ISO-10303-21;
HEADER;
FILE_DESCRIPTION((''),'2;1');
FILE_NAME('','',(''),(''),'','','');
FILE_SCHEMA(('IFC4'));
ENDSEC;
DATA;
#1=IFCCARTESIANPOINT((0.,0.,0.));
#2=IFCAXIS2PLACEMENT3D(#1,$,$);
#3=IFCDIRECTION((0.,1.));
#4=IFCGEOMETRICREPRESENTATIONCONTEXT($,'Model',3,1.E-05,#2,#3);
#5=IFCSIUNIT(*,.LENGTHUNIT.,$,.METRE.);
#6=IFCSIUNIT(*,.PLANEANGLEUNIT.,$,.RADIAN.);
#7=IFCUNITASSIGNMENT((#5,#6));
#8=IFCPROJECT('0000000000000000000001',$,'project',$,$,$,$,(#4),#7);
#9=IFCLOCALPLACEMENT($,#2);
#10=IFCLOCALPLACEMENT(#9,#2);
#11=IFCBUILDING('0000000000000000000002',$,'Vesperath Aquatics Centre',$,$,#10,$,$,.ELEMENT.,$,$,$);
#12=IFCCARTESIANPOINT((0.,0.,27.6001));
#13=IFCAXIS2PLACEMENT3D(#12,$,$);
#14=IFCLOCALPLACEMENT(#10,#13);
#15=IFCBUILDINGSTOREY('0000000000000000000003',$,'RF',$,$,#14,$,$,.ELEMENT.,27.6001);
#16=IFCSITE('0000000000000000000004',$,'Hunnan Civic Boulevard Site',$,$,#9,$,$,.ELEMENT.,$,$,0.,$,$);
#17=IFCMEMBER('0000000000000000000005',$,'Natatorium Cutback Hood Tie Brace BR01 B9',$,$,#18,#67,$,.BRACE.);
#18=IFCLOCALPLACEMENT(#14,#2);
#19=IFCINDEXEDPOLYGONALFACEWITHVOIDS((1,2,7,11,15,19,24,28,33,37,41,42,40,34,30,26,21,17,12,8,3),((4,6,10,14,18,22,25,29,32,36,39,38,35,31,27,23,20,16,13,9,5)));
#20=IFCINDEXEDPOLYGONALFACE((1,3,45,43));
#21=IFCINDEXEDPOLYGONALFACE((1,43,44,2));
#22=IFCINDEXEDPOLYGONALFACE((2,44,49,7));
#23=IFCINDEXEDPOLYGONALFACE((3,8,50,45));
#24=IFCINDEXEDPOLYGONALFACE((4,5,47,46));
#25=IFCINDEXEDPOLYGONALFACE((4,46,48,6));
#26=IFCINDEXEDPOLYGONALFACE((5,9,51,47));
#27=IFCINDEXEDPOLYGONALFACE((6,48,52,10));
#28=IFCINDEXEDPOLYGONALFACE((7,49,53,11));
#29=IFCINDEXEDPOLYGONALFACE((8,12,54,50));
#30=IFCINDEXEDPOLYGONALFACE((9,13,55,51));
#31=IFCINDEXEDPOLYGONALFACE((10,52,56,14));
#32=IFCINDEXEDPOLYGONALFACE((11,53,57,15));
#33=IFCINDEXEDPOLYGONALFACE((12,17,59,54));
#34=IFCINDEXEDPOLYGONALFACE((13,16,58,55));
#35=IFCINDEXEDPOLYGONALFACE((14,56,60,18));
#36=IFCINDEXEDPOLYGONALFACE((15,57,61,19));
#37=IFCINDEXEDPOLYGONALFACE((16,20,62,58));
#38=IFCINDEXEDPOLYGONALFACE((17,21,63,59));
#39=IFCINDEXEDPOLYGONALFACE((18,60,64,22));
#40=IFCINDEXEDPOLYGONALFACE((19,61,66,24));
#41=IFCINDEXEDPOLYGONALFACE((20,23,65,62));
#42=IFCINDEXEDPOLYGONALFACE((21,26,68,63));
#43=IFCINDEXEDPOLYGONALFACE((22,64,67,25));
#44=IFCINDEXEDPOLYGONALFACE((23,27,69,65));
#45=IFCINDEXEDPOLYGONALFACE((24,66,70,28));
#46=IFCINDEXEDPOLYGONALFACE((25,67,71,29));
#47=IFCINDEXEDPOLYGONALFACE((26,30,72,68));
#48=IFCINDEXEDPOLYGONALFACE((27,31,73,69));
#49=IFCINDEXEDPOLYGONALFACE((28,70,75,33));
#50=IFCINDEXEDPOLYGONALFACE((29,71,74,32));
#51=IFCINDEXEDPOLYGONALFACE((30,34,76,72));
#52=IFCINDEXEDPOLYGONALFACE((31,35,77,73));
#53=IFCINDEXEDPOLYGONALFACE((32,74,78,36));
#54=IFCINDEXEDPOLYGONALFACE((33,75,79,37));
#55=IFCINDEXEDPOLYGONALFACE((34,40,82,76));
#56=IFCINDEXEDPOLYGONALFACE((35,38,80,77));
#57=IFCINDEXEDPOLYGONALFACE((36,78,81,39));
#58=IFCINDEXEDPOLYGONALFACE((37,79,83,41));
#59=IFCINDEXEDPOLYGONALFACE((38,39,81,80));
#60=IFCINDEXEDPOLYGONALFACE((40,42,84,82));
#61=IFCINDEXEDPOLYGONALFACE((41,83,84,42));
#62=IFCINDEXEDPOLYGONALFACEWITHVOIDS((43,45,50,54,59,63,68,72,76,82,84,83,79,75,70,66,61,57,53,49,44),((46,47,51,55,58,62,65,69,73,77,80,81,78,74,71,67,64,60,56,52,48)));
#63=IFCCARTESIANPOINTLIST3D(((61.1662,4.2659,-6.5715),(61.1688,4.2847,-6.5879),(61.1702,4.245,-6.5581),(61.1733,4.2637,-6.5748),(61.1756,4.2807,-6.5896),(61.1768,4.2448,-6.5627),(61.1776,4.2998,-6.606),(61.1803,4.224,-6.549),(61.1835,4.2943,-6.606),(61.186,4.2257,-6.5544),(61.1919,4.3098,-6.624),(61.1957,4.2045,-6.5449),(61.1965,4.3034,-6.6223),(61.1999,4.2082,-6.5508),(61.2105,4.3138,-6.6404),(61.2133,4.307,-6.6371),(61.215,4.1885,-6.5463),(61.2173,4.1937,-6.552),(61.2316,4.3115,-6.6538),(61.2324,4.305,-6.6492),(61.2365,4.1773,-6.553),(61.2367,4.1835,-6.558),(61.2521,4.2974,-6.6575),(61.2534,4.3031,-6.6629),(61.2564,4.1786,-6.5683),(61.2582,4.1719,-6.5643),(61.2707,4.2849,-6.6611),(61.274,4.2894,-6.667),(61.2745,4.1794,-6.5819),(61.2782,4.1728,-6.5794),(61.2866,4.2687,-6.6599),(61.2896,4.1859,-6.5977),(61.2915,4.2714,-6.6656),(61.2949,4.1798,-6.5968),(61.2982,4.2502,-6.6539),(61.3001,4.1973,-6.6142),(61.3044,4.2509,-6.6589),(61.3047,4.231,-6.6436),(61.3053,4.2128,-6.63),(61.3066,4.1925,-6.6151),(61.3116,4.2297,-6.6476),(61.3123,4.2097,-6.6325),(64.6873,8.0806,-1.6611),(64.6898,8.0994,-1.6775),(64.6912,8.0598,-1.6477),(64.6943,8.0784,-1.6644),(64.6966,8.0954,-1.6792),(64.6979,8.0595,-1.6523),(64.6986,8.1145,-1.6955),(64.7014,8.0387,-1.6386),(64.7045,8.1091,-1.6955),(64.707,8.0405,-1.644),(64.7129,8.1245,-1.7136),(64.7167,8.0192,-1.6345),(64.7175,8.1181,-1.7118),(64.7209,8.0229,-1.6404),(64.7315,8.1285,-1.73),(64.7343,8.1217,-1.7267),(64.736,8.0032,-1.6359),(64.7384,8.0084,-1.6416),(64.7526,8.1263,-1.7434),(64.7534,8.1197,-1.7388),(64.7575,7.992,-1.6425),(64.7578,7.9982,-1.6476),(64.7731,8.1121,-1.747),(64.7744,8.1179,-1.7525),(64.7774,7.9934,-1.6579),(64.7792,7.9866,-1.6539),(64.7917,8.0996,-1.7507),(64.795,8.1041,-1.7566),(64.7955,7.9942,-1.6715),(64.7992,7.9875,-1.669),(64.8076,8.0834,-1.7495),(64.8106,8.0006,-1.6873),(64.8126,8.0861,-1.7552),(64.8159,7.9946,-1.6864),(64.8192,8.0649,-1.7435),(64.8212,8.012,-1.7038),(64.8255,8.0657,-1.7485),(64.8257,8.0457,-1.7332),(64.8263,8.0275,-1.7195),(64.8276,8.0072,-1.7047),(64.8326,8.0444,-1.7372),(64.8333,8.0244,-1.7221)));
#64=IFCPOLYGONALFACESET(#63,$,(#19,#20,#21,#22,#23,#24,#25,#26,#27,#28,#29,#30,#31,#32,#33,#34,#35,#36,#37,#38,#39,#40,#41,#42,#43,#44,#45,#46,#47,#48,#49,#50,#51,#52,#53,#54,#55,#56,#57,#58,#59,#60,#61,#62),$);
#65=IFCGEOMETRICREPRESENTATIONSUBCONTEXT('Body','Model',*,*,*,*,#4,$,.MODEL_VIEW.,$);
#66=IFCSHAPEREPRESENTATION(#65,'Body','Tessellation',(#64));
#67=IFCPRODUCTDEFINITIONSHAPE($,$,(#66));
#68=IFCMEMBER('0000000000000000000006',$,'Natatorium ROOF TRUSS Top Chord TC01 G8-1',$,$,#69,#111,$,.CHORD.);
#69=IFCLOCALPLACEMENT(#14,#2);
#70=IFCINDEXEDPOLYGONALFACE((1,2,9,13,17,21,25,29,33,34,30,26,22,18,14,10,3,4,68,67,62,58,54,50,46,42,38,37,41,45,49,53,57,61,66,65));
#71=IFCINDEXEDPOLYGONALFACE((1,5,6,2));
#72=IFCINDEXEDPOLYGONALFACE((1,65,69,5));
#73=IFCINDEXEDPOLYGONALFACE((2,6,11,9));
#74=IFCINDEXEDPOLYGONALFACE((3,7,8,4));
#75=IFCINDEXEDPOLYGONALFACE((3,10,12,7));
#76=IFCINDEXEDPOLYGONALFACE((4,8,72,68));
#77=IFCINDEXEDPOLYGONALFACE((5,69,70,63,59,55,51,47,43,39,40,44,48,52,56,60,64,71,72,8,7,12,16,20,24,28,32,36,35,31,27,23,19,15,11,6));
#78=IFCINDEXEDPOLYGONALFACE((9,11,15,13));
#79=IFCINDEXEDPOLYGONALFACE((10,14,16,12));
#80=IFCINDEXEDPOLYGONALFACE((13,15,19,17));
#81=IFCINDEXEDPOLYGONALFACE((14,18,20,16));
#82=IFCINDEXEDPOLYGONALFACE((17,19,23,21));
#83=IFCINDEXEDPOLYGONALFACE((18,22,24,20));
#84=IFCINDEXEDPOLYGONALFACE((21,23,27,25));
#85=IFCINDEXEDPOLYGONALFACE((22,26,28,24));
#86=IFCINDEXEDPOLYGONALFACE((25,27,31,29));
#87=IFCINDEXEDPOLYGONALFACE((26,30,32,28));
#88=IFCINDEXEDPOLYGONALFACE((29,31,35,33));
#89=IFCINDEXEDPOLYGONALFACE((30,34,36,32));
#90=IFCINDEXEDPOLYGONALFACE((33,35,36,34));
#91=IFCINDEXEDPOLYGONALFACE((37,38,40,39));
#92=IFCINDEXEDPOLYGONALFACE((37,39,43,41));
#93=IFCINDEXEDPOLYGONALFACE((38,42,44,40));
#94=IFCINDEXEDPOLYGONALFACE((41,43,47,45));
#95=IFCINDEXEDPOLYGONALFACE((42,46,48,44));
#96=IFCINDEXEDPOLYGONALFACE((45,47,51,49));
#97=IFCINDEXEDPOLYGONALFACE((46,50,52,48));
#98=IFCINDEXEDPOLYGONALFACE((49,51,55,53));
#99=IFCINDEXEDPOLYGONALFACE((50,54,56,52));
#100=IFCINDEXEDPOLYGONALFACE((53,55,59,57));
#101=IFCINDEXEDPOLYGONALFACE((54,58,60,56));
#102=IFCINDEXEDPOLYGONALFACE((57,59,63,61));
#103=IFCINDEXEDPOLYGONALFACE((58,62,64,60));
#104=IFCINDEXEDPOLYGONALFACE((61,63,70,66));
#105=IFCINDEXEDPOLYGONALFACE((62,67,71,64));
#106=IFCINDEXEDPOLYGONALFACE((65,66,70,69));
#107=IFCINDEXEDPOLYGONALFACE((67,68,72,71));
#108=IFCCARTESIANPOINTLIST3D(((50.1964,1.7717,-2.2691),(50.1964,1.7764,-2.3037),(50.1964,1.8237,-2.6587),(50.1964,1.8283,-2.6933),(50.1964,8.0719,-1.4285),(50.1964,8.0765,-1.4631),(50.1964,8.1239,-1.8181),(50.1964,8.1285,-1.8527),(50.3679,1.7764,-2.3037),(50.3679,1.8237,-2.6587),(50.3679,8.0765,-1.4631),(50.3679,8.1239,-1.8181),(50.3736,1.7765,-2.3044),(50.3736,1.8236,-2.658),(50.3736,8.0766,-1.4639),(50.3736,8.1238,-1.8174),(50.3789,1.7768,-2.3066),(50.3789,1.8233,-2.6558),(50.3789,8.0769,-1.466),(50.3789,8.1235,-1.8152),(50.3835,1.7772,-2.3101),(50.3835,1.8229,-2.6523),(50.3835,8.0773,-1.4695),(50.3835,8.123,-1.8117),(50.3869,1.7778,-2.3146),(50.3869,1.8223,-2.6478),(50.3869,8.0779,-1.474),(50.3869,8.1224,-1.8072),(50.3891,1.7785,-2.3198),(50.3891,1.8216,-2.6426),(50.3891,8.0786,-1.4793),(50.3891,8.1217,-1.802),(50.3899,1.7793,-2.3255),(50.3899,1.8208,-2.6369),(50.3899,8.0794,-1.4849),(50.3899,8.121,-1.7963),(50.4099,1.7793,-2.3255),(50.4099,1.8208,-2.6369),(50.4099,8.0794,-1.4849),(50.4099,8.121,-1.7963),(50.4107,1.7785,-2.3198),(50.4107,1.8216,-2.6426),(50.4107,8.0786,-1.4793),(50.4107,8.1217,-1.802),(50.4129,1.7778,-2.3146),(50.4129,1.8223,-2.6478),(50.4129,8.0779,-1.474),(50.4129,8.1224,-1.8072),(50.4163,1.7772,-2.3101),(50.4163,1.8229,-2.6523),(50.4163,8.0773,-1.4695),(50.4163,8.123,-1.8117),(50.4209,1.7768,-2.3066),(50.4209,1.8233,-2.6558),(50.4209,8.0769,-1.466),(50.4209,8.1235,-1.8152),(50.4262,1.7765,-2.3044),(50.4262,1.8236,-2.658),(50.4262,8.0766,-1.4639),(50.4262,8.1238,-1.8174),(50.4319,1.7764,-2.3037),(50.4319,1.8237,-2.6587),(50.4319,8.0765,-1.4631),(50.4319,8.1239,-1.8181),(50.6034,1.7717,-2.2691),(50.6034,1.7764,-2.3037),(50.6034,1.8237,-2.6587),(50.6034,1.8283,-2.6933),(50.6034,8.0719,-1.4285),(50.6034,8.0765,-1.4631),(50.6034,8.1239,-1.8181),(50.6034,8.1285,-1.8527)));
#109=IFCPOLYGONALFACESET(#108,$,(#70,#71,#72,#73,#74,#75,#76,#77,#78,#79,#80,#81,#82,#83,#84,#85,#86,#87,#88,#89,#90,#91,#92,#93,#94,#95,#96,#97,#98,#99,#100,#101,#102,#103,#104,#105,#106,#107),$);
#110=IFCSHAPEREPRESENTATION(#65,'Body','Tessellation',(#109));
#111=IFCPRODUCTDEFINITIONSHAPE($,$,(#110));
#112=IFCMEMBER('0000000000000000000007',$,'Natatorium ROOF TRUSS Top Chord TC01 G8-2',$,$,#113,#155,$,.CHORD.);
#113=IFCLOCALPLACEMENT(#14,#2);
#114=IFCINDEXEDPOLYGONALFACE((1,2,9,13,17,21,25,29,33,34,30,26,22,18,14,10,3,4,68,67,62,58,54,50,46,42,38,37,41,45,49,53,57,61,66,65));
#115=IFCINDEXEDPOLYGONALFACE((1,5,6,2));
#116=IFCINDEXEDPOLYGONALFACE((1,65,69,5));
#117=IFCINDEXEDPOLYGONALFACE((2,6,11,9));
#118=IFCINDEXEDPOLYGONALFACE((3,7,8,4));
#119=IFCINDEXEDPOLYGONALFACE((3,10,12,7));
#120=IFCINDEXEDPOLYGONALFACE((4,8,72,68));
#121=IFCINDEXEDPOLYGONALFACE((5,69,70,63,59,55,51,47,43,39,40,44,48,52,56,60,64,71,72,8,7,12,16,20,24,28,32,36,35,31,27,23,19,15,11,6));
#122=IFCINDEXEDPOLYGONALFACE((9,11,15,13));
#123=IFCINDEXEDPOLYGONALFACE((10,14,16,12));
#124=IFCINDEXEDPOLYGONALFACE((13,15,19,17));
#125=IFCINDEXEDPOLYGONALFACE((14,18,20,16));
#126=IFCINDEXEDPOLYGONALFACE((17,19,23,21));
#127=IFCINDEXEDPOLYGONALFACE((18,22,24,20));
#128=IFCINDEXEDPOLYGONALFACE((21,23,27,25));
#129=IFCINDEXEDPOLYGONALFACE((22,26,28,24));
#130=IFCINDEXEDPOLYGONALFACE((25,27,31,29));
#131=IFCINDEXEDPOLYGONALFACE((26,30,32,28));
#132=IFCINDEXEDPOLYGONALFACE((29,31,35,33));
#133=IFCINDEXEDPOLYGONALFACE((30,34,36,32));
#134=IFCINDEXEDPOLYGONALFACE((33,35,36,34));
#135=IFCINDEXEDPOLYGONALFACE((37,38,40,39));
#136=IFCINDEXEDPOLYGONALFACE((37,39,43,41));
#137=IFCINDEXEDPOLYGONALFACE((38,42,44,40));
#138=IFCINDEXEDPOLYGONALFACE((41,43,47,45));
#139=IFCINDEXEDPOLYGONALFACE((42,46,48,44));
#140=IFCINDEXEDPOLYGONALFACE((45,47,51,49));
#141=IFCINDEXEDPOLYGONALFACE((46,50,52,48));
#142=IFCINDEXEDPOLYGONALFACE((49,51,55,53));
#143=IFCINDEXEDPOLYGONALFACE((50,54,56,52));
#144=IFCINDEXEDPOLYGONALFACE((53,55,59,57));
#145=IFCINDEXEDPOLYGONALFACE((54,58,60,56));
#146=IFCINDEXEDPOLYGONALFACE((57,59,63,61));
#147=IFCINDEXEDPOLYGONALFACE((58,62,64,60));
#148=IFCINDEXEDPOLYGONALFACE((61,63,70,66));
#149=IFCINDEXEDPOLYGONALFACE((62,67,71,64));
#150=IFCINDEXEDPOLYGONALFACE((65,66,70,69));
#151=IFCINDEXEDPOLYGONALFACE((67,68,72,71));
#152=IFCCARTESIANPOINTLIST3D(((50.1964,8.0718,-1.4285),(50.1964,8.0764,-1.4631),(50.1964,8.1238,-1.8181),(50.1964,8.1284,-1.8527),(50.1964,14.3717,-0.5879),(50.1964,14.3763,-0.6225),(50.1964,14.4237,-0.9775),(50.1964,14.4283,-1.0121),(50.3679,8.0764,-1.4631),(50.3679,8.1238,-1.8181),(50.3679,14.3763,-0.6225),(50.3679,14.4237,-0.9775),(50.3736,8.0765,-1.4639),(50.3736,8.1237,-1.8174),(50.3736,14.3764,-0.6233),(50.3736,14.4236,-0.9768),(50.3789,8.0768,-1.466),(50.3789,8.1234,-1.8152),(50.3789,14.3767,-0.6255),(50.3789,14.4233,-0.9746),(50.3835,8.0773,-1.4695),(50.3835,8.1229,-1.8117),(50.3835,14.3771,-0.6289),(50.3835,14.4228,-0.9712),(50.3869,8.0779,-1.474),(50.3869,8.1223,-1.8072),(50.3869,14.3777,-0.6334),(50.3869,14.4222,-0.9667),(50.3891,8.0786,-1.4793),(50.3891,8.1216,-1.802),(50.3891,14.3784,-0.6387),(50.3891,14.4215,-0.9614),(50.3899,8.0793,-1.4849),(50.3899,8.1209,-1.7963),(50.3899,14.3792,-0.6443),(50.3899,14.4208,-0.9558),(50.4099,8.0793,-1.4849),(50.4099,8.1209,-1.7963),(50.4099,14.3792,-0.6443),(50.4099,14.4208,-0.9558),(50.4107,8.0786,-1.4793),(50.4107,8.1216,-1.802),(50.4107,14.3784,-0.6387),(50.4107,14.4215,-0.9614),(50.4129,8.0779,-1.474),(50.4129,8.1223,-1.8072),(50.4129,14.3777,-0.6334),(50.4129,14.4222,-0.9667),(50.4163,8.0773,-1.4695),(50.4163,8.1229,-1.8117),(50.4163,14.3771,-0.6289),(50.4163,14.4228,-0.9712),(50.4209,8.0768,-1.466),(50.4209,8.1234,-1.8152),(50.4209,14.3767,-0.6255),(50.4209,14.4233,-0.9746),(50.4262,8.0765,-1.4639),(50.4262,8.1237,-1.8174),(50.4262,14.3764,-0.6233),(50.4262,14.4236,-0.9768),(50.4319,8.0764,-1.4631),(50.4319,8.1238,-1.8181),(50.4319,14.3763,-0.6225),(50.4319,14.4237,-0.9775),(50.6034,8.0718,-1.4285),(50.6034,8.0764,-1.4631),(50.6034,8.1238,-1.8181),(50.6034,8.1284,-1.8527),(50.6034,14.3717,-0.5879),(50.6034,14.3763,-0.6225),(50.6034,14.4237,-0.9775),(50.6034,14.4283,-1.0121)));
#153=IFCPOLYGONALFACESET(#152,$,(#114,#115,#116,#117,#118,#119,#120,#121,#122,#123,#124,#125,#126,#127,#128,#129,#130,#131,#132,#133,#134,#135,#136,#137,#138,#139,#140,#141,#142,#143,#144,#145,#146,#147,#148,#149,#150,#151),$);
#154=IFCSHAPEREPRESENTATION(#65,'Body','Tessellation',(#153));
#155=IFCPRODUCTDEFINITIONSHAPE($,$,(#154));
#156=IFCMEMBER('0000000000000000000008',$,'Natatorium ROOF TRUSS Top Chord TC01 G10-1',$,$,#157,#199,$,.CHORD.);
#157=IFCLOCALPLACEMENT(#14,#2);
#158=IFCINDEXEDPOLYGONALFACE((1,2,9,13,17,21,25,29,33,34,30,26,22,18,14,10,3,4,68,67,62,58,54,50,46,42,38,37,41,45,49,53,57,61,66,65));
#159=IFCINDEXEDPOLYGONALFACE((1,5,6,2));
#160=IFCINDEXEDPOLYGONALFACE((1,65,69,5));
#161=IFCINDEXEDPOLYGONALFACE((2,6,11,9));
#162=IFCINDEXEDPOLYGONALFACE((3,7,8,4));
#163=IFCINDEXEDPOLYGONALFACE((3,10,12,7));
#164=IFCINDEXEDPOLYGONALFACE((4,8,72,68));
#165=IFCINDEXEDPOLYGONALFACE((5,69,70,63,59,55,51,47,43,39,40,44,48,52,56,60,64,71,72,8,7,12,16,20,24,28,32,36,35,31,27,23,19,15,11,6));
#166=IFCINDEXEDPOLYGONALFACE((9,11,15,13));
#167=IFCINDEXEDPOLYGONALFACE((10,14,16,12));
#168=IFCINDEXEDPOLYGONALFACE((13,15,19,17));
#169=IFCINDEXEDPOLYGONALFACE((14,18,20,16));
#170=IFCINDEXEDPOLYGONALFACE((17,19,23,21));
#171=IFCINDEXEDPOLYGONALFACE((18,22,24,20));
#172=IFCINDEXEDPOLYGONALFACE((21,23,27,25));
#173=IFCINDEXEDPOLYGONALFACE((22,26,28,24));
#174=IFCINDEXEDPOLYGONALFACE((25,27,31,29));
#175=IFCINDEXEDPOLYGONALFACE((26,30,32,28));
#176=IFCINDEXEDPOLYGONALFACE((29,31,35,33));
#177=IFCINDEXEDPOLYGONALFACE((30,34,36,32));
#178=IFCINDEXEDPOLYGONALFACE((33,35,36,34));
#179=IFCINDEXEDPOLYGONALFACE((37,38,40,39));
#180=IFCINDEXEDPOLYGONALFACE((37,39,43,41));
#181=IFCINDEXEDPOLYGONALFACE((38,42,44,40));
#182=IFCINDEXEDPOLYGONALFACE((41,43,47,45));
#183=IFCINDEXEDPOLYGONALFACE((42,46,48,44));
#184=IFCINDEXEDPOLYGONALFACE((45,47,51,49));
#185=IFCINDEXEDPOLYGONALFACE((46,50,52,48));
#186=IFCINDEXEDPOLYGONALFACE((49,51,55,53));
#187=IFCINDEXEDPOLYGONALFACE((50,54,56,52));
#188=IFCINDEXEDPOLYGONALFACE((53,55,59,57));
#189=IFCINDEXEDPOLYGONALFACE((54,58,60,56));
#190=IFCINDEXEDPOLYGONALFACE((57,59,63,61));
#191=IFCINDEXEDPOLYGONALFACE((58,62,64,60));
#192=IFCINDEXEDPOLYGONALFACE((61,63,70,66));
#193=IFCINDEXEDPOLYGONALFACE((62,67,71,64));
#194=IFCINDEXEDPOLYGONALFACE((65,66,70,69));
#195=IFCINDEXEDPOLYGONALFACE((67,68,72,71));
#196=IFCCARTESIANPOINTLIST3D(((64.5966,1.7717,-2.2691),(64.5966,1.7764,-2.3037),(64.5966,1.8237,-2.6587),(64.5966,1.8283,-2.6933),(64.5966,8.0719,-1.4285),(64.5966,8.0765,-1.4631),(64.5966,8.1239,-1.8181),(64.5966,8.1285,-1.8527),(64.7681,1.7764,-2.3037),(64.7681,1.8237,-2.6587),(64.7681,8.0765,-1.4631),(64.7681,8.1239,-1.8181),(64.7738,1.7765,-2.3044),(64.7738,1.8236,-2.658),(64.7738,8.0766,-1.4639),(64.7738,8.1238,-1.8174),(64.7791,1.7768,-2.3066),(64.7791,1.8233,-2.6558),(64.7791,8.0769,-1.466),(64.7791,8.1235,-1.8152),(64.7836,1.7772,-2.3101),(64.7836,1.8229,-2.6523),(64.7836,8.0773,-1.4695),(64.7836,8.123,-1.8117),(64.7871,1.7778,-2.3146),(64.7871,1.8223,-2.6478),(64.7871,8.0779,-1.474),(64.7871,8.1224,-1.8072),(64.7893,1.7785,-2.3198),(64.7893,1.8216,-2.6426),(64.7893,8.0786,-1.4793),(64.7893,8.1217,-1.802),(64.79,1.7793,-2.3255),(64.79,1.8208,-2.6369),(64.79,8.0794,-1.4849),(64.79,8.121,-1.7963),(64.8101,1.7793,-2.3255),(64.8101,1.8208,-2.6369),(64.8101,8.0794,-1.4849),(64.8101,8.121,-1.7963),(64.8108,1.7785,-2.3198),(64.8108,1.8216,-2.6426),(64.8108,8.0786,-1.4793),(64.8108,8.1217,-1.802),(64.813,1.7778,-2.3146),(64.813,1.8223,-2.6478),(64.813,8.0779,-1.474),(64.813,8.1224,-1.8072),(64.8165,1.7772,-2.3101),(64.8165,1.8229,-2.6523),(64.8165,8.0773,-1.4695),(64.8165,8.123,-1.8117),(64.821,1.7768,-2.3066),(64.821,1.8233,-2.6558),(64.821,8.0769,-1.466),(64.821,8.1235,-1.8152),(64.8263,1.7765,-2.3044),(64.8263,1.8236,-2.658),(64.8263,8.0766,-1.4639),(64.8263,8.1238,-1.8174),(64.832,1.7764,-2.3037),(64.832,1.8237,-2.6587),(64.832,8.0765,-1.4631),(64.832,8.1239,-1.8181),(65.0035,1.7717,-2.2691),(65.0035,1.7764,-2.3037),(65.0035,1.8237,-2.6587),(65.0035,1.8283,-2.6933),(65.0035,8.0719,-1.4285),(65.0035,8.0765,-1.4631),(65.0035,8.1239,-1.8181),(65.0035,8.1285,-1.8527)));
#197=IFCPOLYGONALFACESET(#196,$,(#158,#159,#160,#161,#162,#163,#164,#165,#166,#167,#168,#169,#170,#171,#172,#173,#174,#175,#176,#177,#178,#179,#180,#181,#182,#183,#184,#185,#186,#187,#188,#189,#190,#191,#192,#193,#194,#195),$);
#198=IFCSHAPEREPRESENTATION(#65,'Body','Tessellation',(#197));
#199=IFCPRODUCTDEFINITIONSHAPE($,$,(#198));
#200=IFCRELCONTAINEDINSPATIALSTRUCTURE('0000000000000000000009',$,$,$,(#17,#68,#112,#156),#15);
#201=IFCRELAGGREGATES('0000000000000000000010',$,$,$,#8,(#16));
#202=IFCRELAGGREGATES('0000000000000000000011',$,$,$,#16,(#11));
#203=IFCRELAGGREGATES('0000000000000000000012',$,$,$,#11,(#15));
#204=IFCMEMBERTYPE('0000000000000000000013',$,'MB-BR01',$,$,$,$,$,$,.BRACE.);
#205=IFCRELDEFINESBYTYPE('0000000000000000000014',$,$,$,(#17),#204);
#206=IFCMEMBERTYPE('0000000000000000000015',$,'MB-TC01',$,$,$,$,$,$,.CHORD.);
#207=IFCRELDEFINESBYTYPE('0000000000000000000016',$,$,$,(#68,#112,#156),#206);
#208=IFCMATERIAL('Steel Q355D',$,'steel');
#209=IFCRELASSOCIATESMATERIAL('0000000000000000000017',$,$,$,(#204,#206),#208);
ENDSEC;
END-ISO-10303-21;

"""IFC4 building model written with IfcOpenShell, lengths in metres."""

from ifc_helpers import new_model, si_unit, direction, frame, origin, origin_2d, place, context, subcontext, project, spatial, hollow_circle, i_section, extrude, material, material_profile, profile_set, type_object, element, save


model = new_model("IFC4")

# Units and contexts
model_context = context("Model", 3, precision=1e-05, world=origin(), true_north=direction((0.0, 1.0)))
body_context = subcontext(model_context, "Body", "Model", "MODEL_VIEW")
ifc_project = project(units=[si_unit("LENGTHUNIT", "METRE"), si_unit("PLANEANGLEUNIT", "RADIAN")], contexts=[model_context])

# Site, building, storey
site_placement = place(None, origin())
site = spatial("IfcSite", under=ifc_project, at=site_placement, Name="Hunnan Civic Boulevard Site", CompositionType="ELEMENT", RefElevation=0.0)
building_placement = place(site_placement, origin())
building = spatial("IfcBuilding", under=site, at=building_placement, Name="Vesperath Aquatics Centre", CompositionType="ELEMENT")
storey_placement = place(building_placement, frame((0.0, 0.0, 27.6001)))
storey = spatial("IfcBuildingStorey", under=building, at=storey_placement, Name="RF", CompositionType="ELEMENT", Elevation=27.6001)

# Members
ifc_material_1 = material(Name="Steel Q355D", Category="steel")
ifc_material_profile_1 = material_profile(ifc_material_1, hollow_circle(Radius=0.0842, WallThickness=0.0081, at=origin_2d()), Name="CHS 168.3x8")
ifc_profile_set_1 = profile_set([ifc_material_profile_1], Name="Steel Q355D")
member_type_1 = type_object("IfcMemberType", Name="MB-BR01", PredefinedType="BRACE", material=ifc_profile_set_1)
for number, where, z_axis, x_axis, name in (
    (1, (61.2395, 4.2427, -6.606), (0.492742, 0.533843, 0.68718), (-0.734829, 0.678253, 0.0), "Natatorium Cutback Hood Tie Brace BR01 B9"),
):
    element("IfcMember", number, at=place(storey_placement, frame(where, z_axis=z_axis, x_axis=x_axis)), inside=storey, type_object=member_type_1, Name=name, PredefinedType="BRACE", context=body_context, shape_type="SweptSolid", body=[
        extrude(hollow_circle(Radius=0.0842, WallThickness=0.0081, at=origin_2d()), origin(), (0.0, 0.0, 1.0), 7.1458),
    ])
ifc_material_profile_2 = material_profile(ifc_material_1, i_section(OverallWidth=0.407, OverallDepth=0.428, WebThickness=0.02, FlangeThickness=0.0349, FilletRadius=0.022, at=origin_2d()), Name="HW 428x407x20x35")
ifc_profile_set_2 = profile_set([ifc_material_profile_2], Name="Steel Q355D")
member_type_2 = type_object("IfcMemberType", Name="MB-TC01", PredefinedType="CHORD", material=ifc_profile_set_2)
member_1_placement = place(storey_placement, frame((50.3999, 1.8, -2.4812), z_axis=(0.0, 0.991216, 0.132252), x_axis=(-1.0, 0.0, 0.0)))
element("IfcMember", 2, at=member_1_placement, inside=storey, type_object=member_type_2, Name="Natatorium ROOF TRUSS Top Chord TC01 G8-1", PredefinedType="CHORD", context=body_context, shape_type="SweptSolid", body=[
    extrude(i_section(OverallWidth=0.407, OverallDepth=0.428, WebThickness=0.02, FlangeThickness=0.0349, FilletRadius=0.022, at=origin_2d()), origin(), (0.0, 0.0, 1.0), 6.356),
])
member_2_placement = place(storey_placement, frame((50.3999, 8.1001, -1.6406), z_axis=(0.0, 0.991215, 0.132257), x_axis=(-1.0, 0.0, 0.0)))
element("IfcMember", 3, at=member_2_placement, inside=storey, type_object=member_type_2, Name="Natatorium ROOF TRUSS Top Chord TC01 G8-2", PredefinedType="CHORD", context=body_context, shape_type="SweptSolid", body=[
    extrude(i_section(OverallWidth=0.407, OverallDepth=0.428, WebThickness=0.02, FlangeThickness=0.0349, FilletRadius=0.022, at=origin_2d()), origin(), (0.0, 0.0, 1.0), 6.3557),
])
member_3_placement = place(storey_placement, frame((64.8, 1.8, -2.4812), z_axis=(0.0, 0.991216, 0.132252), x_axis=(-1.0, 0.0, 0.0)))
element("IfcMember", 4, at=member_3_placement, inside=storey, type_object=member_type_2, Name="Natatorium ROOF TRUSS Top Chord TC01 G10-1", PredefinedType="CHORD", context=body_context, shape_type="SweptSolid", body=[
    extrude(i_section(OverallWidth=0.407, OverallDepth=0.428, WebThickness=0.02, FlangeThickness=0.0349, FilletRadius=0.022, at=origin_2d()), origin(), (0.0, 0.0, 1.0), 6.356),
])

save(model, "model.ifc")
